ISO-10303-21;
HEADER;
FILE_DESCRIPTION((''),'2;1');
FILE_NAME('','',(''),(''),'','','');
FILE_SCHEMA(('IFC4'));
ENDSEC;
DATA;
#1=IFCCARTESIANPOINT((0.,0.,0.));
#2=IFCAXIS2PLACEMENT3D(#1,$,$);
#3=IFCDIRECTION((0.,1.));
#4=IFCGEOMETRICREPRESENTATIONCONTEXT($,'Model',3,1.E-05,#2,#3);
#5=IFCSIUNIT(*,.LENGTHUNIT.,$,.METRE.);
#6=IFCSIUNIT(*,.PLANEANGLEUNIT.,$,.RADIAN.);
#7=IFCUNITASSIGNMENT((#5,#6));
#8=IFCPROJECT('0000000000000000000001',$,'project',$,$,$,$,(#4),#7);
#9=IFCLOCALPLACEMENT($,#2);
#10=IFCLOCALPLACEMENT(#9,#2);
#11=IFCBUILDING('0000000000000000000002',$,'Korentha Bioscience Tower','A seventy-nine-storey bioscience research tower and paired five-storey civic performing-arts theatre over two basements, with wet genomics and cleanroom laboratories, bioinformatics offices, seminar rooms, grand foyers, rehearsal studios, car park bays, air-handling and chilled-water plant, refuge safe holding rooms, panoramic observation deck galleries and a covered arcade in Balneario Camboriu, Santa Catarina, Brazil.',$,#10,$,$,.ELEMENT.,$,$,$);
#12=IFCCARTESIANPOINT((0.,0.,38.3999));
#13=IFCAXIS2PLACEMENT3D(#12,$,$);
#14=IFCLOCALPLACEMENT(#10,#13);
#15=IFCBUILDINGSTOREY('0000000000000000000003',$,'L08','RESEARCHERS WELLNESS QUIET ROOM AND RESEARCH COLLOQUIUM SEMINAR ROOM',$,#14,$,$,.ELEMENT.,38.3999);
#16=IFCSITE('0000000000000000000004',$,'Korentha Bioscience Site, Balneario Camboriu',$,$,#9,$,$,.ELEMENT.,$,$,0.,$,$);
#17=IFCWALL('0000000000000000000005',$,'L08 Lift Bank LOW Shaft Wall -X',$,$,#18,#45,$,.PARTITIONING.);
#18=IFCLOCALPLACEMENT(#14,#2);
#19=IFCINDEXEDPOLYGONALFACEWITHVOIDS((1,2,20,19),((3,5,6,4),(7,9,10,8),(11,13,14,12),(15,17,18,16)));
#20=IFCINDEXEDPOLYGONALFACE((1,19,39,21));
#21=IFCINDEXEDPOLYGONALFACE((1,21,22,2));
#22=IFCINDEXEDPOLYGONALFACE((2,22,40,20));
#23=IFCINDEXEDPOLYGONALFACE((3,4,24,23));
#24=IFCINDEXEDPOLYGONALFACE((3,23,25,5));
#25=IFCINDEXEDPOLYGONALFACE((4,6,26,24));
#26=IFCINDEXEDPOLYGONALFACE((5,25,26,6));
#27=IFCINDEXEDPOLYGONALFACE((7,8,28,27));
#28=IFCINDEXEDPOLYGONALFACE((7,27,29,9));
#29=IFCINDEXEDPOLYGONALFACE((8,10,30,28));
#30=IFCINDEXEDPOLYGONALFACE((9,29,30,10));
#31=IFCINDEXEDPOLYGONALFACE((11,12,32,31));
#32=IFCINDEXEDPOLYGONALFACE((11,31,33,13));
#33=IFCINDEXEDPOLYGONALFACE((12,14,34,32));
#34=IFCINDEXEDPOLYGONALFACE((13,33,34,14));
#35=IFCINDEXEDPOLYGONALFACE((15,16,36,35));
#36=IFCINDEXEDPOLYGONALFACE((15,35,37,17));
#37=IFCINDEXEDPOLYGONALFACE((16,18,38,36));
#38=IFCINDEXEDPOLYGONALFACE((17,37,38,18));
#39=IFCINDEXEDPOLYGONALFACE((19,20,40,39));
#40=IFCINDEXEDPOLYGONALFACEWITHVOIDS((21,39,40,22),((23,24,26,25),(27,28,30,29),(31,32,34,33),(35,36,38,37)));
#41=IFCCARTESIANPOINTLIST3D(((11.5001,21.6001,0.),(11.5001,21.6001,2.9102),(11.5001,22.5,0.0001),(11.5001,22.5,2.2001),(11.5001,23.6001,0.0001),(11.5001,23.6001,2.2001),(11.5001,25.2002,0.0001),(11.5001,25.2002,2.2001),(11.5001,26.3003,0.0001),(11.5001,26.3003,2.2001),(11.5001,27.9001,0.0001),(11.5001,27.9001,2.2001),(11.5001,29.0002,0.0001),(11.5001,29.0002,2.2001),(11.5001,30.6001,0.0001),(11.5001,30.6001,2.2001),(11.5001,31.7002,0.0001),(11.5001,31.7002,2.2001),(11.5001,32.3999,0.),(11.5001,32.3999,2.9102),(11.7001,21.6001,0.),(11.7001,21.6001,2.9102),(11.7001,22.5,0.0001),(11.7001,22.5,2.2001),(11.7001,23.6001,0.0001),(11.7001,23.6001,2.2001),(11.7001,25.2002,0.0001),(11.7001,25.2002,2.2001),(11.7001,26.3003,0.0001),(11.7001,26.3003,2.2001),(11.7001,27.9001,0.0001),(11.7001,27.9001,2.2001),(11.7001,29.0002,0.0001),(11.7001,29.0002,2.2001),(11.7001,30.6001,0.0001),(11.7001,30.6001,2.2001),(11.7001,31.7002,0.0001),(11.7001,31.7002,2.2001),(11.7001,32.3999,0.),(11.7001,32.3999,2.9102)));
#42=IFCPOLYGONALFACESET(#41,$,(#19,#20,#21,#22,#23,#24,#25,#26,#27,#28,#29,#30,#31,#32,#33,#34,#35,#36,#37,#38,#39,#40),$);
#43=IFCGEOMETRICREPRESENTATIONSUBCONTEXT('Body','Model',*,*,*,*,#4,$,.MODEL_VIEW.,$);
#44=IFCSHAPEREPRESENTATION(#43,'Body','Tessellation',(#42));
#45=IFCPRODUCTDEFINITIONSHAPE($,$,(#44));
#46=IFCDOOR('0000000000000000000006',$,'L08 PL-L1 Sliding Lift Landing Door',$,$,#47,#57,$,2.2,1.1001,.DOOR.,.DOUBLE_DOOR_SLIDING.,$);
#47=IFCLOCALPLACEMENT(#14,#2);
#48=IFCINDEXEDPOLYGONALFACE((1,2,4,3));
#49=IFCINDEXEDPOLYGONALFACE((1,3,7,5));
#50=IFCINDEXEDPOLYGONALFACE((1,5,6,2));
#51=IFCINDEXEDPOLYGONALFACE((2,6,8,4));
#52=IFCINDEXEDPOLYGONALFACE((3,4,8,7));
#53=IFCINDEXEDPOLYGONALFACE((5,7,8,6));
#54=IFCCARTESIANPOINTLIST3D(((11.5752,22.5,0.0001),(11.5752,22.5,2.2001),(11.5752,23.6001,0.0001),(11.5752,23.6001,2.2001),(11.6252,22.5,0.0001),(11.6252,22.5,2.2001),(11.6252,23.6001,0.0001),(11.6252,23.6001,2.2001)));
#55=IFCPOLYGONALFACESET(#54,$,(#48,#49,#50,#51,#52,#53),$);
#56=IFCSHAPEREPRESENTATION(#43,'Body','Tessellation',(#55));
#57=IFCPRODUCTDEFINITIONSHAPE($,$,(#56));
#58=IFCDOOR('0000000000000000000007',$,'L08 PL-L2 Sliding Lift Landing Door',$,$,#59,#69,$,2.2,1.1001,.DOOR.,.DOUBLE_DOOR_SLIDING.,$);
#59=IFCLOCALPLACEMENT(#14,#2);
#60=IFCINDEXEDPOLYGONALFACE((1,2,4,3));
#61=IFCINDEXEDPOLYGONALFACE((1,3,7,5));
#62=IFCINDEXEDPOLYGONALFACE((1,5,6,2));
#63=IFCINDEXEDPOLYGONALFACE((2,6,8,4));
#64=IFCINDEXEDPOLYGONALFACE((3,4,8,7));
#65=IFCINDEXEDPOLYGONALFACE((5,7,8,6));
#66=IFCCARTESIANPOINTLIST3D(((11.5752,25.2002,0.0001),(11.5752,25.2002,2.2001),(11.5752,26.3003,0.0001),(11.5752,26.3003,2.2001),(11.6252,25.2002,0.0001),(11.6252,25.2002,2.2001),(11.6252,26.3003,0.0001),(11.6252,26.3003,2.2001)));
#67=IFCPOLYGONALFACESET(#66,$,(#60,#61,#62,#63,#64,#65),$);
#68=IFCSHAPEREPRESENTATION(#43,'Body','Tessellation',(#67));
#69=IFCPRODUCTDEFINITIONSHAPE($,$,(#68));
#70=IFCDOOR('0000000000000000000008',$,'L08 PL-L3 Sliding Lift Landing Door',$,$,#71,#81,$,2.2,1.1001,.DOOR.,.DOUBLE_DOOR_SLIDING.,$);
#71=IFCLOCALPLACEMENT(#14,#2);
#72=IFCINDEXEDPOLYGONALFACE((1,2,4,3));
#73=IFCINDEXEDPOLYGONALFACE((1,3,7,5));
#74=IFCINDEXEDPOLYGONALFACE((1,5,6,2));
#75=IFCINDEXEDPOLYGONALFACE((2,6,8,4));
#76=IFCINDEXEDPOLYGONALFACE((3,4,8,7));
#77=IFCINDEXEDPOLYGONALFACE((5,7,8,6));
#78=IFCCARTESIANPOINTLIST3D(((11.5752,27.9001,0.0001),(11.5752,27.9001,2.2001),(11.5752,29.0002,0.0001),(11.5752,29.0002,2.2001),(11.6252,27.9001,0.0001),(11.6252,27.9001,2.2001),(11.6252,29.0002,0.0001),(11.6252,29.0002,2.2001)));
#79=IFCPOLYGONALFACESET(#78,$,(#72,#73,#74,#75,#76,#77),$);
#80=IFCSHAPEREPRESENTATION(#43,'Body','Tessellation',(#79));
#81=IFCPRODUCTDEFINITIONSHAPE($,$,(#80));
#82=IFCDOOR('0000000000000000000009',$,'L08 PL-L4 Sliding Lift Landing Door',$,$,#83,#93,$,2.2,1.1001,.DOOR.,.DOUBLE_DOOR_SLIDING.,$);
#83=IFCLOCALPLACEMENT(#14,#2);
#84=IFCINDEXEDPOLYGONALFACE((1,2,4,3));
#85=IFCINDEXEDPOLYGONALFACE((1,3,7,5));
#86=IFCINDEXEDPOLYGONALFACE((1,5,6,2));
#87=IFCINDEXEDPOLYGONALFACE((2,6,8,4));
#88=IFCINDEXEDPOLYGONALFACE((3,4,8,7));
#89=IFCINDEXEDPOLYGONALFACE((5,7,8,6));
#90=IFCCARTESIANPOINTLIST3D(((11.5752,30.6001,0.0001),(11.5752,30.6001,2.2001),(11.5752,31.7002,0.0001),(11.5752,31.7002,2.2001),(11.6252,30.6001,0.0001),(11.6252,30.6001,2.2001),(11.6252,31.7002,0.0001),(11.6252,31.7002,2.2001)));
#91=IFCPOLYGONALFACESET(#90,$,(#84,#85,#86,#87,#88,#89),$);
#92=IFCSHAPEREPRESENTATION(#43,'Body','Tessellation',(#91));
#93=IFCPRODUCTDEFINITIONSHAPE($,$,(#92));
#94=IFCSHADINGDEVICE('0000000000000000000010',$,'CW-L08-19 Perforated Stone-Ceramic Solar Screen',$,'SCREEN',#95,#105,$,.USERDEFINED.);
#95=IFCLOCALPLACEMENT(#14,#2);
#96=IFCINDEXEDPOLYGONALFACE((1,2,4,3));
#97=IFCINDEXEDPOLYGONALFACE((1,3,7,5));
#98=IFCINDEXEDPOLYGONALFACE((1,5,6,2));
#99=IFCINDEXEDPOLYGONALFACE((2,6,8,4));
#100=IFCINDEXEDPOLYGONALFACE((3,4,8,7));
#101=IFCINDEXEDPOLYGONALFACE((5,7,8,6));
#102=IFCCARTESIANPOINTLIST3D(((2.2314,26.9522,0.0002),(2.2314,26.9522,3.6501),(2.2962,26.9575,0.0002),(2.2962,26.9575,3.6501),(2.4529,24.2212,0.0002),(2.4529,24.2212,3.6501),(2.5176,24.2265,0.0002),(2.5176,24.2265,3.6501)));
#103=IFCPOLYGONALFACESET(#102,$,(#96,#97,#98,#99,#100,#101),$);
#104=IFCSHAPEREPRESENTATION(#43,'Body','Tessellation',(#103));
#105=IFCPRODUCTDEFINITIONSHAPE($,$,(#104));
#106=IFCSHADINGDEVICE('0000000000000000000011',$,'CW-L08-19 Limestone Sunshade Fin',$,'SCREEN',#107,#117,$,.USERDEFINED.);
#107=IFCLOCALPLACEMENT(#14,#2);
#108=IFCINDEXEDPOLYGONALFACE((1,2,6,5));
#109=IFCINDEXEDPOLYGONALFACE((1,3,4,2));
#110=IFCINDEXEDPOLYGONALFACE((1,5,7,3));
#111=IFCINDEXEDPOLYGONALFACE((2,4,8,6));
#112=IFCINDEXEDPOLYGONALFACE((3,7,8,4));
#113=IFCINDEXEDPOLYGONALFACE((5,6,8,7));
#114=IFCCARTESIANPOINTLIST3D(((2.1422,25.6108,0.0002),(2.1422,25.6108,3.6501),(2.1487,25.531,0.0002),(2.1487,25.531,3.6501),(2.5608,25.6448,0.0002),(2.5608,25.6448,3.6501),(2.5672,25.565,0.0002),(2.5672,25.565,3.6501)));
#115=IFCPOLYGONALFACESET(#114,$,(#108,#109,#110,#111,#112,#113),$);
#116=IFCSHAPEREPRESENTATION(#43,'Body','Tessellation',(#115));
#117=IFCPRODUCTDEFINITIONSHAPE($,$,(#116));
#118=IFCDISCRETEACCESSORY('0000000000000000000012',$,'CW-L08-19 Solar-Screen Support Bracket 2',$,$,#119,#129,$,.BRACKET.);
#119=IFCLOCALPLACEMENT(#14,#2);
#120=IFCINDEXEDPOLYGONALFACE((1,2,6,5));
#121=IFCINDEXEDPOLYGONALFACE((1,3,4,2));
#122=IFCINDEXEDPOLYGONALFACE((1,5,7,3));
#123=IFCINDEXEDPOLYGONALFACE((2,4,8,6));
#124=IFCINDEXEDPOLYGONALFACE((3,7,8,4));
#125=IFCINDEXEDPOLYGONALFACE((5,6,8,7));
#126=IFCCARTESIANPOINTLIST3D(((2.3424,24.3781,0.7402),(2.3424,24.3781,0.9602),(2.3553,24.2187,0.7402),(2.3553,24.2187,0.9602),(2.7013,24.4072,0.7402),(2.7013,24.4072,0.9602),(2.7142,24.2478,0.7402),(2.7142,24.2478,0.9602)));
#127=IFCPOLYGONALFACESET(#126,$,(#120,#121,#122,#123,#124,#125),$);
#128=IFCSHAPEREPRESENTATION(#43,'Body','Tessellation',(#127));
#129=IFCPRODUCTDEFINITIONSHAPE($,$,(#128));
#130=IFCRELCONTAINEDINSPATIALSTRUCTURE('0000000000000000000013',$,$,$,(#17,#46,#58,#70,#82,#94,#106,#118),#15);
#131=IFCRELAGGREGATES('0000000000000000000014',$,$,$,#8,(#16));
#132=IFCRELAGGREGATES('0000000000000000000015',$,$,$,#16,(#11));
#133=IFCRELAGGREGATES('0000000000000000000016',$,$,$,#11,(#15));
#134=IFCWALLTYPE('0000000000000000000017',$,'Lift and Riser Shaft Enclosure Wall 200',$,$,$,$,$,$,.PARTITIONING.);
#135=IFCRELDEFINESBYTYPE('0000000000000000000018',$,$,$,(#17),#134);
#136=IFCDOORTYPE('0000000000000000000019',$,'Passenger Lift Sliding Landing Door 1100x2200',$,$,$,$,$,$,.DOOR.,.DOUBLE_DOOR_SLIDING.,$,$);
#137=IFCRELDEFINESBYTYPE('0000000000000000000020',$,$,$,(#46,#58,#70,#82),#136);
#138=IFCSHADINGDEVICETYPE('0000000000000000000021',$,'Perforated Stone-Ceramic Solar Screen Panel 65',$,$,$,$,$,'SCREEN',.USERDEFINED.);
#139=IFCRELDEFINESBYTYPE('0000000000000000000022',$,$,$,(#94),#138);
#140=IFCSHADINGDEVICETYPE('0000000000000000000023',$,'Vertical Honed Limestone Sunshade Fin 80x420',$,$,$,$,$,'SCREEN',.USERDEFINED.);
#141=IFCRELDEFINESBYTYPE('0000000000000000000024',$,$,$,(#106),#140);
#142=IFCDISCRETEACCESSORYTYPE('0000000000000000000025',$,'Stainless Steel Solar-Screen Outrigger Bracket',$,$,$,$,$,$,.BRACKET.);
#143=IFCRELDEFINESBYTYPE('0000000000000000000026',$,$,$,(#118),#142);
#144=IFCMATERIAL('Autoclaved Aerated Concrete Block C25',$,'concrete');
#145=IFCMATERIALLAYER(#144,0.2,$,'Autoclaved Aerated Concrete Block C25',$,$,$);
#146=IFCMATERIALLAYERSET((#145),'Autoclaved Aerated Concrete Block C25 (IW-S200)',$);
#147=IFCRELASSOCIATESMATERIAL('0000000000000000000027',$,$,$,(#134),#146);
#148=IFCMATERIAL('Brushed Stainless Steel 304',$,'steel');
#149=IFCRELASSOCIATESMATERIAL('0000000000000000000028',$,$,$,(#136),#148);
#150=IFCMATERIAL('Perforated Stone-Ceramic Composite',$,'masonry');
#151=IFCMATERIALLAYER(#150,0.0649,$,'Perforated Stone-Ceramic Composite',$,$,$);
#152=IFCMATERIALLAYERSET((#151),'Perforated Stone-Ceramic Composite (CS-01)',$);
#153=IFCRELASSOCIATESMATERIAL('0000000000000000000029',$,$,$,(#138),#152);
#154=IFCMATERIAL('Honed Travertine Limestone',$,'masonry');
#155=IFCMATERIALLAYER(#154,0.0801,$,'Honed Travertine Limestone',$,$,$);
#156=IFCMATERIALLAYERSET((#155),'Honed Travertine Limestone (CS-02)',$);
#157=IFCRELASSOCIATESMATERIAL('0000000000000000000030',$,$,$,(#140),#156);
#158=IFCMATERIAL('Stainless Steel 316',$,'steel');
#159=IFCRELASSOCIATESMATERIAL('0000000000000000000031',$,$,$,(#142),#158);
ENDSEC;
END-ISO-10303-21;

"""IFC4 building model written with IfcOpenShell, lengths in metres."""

from ifc_helpers import new_model, si_unit, direction, frame, frame_2d, origin, origin_2d, place, context, subcontext, project, spatial, rectangle, extrude, material, layer, layer_set, type_object, element, fill, save


model = new_model("IFC4")

# Units and contexts
model_context = context("Model", 3, precision=1e-05, world=origin(), true_north=direction((0.0, 1.0)))
body_context = subcontext(model_context, "Body", "Model", "MODEL_VIEW")
ifc_project = project(units=[si_unit("LENGTHUNIT", "METRE"), si_unit("PLANEANGLEUNIT", "RADIAN")], contexts=[model_context])

# Site, building, storey
site_placement = place(None, origin())
site = spatial("IfcSite", under=ifc_project, at=site_placement, Name="Korentha Bioscience Site, Balneario Camboriu", CompositionType="ELEMENT", RefElevation=0.0)
building_placement = place(site_placement, origin())
building = spatial("IfcBuilding", under=site, at=building_placement, Name="Korentha Bioscience Tower", Description="A seventy-nine-storey bioscience research tower and paired five-storey civic performing-arts theatre over two basements, with wet genomics and cleanroom laboratories, bioinformatics offices, seminar rooms, grand foyers, rehearsal studios, car park bays, air-handling and chilled-water plant, refuge safe holding rooms, panoramic observation deck galleries and a covered arcade in Balneario Camboriu, Santa Catarina, Brazil.", CompositionType="ELEMENT")
storey_placement = place(building_placement, frame((0.0, 0.0, 38.3999)))
storey = spatial("IfcBuildingStorey", under=building, at=storey_placement, Name="L08", Description="RESEARCHERS WELLNESS QUIET ROOM AND RESEARCH COLLOQUIUM SEMINAR ROOM", CompositionType="ELEMENT", Elevation=38.3999)

# Wall, openings, doors
ifc_material_1 = material(Name="Autoclaved Aerated Concrete Block C25", Category="concrete")
ifc_layer_1 = layer(ifc_material_1, 0.2, Name="Autoclaved Aerated Concrete Block C25")
ifc_layer_set_1 = layer_set([ifc_layer_1], Name="Autoclaved Aerated Concrete Block C25 (IW-S200)")
wall_type_1 = type_object("IfcWallType", Name="Lift and Riser Shaft Enclosure Wall 200", PredefinedType="PARTITIONING", material=ifc_layer_set_1)
wall_1_placement = place(storey_placement, frame((11.6001, 21.6001, 0.0), z_axis=(0.0, 0.0, 1.0), x_axis=(0.0, 1.0, 0.0)))
wall_1 = element("IfcWall", 1, at=wall_1_placement, inside=storey, type_object=wall_type_1, Name="L08 Lift Bank LOW Shaft Wall -X", PredefinedType="PARTITIONING", context=body_context, shape_type="SweptSolid", body=[
    extrude(rectangle(XDim=10.7998, YDim=0.2, at=frame_2d((5.3999, 0.0))), origin(), (0.0, 0.0, 1.0), 2.9102),
])
opening_1_placement = place(wall_1_placement, frame((0.8999, 0.0, 0.0)))
opening_1 = element("IfcOpeningElement", 2, at=opening_1_placement, cuts=wall_1, PredefinedType="OPENING", context=body_context, shape_type="SweptSolid", body=[
    extrude(rectangle(XDim=1.1001, YDim=2.2, at=frame_2d((0.55, 1.1001))), frame((0.0, 0.1147, 0.0), z_axis=(0.0, -1.0, 0.0), x_axis=(1.0, 0.0, 0.0)), (0.0, 0.0, 1.0), 0.2297),
])
opening_2_placement = place(wall_1_placement, frame((3.6001, 0.0, 0.0)))
opening_2 = element("IfcOpeningElement", 3, at=opening_2_placement, cuts=wall_1, PredefinedType="OPENING", context=body_context, shape_type="SweptSolid", body=[
    extrude(rectangle(XDim=1.1001, YDim=2.2, at=frame_2d((0.55, 1.1001))), frame((0.0, 0.1147, 0.0), z_axis=(0.0, -1.0, 0.0), x_axis=(1.0, 0.0, 0.0)), (0.0, 0.0, 1.0), 0.2297),
])
opening_3_placement = place(wall_1_placement, frame((6.3, 0.0, 0.0)))
opening_3 = element("IfcOpeningElement", 4, at=opening_3_placement, cuts=wall_1, PredefinedType="OPENING", context=body_context, shape_type="SweptSolid", body=[
    extrude(rectangle(XDim=1.1001, YDim=2.2, at=frame_2d((0.55, 1.1001))), frame((0.0, 0.1147, 0.0), z_axis=(0.0, -1.0, 0.0), x_axis=(1.0, 0.0, 0.0)), (0.0, 0.0, 1.0), 0.2297),
])
opening_4_placement = place(wall_1_placement, frame((9.0, 0.0, 0.0)))
opening_4 = element("IfcOpeningElement", 5, at=opening_4_placement, cuts=wall_1, PredefinedType="OPENING", context=body_context, shape_type="SweptSolid", body=[
    extrude(rectangle(XDim=1.1001, YDim=2.2, at=frame_2d((0.55, 1.1001))), frame((0.0, 0.1147, 0.0), z_axis=(0.0, -1.0, 0.0), x_axis=(1.0, 0.0, 0.0)), (0.0, 0.0, 1.0), 0.2297),
])
ifc_material_2 = material(Name="Brushed Stainless Steel 304", Category="steel")
door_type_1 = type_object("IfcDoorType", Name="Passenger Lift Sliding Landing Door 1100x2200", OperationType="DOUBLE_DOOR_SLIDING", PredefinedType="DOOR", material=ifc_material_2)
door_1_placement = place(opening_1_placement, origin())
door_1 = element("IfcDoor", 6, at=door_1_placement, inside=storey, type_object=door_type_1, Name="L08 PL-L1 Sliding Lift Landing Door", OperationType="DOUBLE_DOOR_SLIDING", OverallHeight=2.2, OverallWidth=1.1001, PredefinedType="DOOR", context=body_context, shape_type="SweptSolid", body=[
    extrude(rectangle(XDim=1.1001, YDim=2.2, at=frame_2d((0.55, 1.1001))), frame((0.0, 0.0249, 0.0), z_axis=(0.0, -1.0, 0.0), x_axis=(1.0, 0.0, 0.0)), (0.0, 0.0, 1.0), 0.05),
])
fill(opening_1, door_1)
door_2_placement = place(opening_2_placement, origin())
door_2 = element("IfcDoor", 7, at=door_2_placement, inside=storey, type_object=door_type_1, Name="L08 PL-L2 Sliding Lift Landing Door", OperationType="DOUBLE_DOOR_SLIDING", OverallHeight=2.2, OverallWidth=1.1001, PredefinedType="DOOR", context=body_context, shape_type="SweptSolid", body=[
    extrude(rectangle(XDim=1.1001, YDim=2.2, at=frame_2d((0.55, 1.1001))), frame((0.0, 0.0249, 0.0), z_axis=(0.0, -1.0, 0.0), x_axis=(1.0, 0.0, 0.0)), (0.0, 0.0, 1.0), 0.05),
])
fill(opening_2, door_2)
door_3_placement = place(opening_3_placement, origin())
door_3 = element("IfcDoor", 8, at=door_3_placement, inside=storey, type_object=door_type_1, Name="L08 PL-L3 Sliding Lift Landing Door", OperationType="DOUBLE_DOOR_SLIDING", OverallHeight=2.2, OverallWidth=1.1001, PredefinedType="DOOR", context=body_context, shape_type="SweptSolid", body=[
    extrude(rectangle(XDim=1.1001, YDim=2.2, at=frame_2d((0.55, 1.1001))), frame((0.0, 0.0249, 0.0), z_axis=(0.0, -1.0, 0.0), x_axis=(1.0, 0.0, 0.0)), (0.0, 0.0, 1.0), 0.05),
])
fill(opening_3, door_3)
door_4_placement = place(opening_4_placement, origin())
door_4 = element("IfcDoor", 9, at=door_4_placement, inside=storey, type_object=door_type_1, Name="L08 PL-L4 Sliding Lift Landing Door", OperationType="DOUBLE_DOOR_SLIDING", OverallHeight=2.2, OverallWidth=1.1001, PredefinedType="DOOR", context=body_context, shape_type="SweptSolid", body=[
    extrude(rectangle(XDim=1.1001, YDim=2.2, at=frame_2d((0.55, 1.1001))), frame((0.0, 0.0249, 0.0), z_axis=(0.0, -1.0, 0.0), x_axis=(1.0, 0.0, 0.0)), (0.0, 0.0, 1.0), 0.05),
])
fill(opening_4, door_4)

# Shading devices
ifc_material_3 = material(Name="Perforated Stone-Ceramic Composite", Category="masonry")
ifc_layer_2 = layer(ifc_material_3, 0.0649, Name="Perforated Stone-Ceramic Composite")
ifc_layer_set_2 = layer_set([ifc_layer_2], Name="Perforated Stone-Ceramic Composite (CS-01)")
shading_device_type_1 = type_object("IfcShadingDeviceType", Name="Perforated Stone-Ceramic Solar Screen Panel 65", ElementType="SCREEN", PredefinedType="USERDEFINED", material=ifc_layer_set_2)
shading_device_1_placement = place(storey_placement, frame((2.3745, 25.5894, 0.0002), z_axis=(0.0, 0.0, 1.0), x_axis=(0.08082, -0.996729, 0.0)))
element("IfcShadingDevice", 10, at=shading_device_1_placement, inside=storey, type_object=shading_device_type_1, Name="CW-L08-19 Perforated Stone-Ceramic Solar Screen", ObjectType="SCREEN", PredefinedType="USERDEFINED", context=body_context, shape_type="SweptSolid", body=[
    extrude(rectangle(XDim=2.74, YDim=0.0649, at=origin_2d()), origin(), (0.0, 0.0, 1.0), 3.6499),
])
ifc_material_4 = material(Name="Honed Travertine Limestone", Category="masonry")
ifc_layer_3 = layer(ifc_material_4, 0.0801, Name="Honed Travertine Limestone")
ifc_layer_set_3 = layer_set([ifc_layer_3], Name="Honed Travertine Limestone (CS-02)")
shading_device_type_2 = type_object("IfcShadingDeviceType", Name="Vertical Honed Limestone Sunshade Fin 80x420", ElementType="SCREEN", PredefinedType="USERDEFINED", material=ifc_layer_set_3)
shading_device_2_placement = place(storey_placement, frame((2.3547, 25.5879, 0.0002), z_axis=(0.0, 0.0, 1.0), x_axis=(0.08082, -0.996729, 0.0)))
element("IfcShadingDevice", 11, at=shading_device_2_placement, inside=storey, type_object=shading_device_type_2, Name="CW-L08-19 Limestone Sunshade Fin", ObjectType="SCREEN", PredefinedType="USERDEFINED", context=body_context, shape_type="SweptSolid", body=[
    extrude(rectangle(XDim=0.0801, YDim=0.4199, at=origin_2d()), origin(), (0.0, 0.0, 1.0), 3.6499),
])

# Discrete accessory
ifc_material_5 = material(Name="Stainless Steel 316", Category="steel")
discrete_accessory_type = type_object("IfcDiscreteAccessoryType", Name="Stainless Steel Solar-Screen Outrigger Bracket", PredefinedType="BRACKET", material=ifc_material_5)
discrete_accessory_placement = place(storey_placement, frame((2.5283, 24.313, 0.7402), z_axis=(0.0, 0.0, 1.0), x_axis=(0.08082, -0.996729, 0.0)))
element("IfcDiscreteAccessory", 12, at=discrete_accessory_placement, inside=storey, type_object=discrete_accessory_type, Name="CW-L08-19 Solar-Screen Support Bracket 2", PredefinedType="BRACKET", context=body_context, shape_type="SweptSolid", body=[
    extrude(rectangle(XDim=0.1599, YDim=0.3601, at=origin_2d()), origin(), (0.0, 0.0, 1.0), 0.22),
])

save(model, "model.ifc")
